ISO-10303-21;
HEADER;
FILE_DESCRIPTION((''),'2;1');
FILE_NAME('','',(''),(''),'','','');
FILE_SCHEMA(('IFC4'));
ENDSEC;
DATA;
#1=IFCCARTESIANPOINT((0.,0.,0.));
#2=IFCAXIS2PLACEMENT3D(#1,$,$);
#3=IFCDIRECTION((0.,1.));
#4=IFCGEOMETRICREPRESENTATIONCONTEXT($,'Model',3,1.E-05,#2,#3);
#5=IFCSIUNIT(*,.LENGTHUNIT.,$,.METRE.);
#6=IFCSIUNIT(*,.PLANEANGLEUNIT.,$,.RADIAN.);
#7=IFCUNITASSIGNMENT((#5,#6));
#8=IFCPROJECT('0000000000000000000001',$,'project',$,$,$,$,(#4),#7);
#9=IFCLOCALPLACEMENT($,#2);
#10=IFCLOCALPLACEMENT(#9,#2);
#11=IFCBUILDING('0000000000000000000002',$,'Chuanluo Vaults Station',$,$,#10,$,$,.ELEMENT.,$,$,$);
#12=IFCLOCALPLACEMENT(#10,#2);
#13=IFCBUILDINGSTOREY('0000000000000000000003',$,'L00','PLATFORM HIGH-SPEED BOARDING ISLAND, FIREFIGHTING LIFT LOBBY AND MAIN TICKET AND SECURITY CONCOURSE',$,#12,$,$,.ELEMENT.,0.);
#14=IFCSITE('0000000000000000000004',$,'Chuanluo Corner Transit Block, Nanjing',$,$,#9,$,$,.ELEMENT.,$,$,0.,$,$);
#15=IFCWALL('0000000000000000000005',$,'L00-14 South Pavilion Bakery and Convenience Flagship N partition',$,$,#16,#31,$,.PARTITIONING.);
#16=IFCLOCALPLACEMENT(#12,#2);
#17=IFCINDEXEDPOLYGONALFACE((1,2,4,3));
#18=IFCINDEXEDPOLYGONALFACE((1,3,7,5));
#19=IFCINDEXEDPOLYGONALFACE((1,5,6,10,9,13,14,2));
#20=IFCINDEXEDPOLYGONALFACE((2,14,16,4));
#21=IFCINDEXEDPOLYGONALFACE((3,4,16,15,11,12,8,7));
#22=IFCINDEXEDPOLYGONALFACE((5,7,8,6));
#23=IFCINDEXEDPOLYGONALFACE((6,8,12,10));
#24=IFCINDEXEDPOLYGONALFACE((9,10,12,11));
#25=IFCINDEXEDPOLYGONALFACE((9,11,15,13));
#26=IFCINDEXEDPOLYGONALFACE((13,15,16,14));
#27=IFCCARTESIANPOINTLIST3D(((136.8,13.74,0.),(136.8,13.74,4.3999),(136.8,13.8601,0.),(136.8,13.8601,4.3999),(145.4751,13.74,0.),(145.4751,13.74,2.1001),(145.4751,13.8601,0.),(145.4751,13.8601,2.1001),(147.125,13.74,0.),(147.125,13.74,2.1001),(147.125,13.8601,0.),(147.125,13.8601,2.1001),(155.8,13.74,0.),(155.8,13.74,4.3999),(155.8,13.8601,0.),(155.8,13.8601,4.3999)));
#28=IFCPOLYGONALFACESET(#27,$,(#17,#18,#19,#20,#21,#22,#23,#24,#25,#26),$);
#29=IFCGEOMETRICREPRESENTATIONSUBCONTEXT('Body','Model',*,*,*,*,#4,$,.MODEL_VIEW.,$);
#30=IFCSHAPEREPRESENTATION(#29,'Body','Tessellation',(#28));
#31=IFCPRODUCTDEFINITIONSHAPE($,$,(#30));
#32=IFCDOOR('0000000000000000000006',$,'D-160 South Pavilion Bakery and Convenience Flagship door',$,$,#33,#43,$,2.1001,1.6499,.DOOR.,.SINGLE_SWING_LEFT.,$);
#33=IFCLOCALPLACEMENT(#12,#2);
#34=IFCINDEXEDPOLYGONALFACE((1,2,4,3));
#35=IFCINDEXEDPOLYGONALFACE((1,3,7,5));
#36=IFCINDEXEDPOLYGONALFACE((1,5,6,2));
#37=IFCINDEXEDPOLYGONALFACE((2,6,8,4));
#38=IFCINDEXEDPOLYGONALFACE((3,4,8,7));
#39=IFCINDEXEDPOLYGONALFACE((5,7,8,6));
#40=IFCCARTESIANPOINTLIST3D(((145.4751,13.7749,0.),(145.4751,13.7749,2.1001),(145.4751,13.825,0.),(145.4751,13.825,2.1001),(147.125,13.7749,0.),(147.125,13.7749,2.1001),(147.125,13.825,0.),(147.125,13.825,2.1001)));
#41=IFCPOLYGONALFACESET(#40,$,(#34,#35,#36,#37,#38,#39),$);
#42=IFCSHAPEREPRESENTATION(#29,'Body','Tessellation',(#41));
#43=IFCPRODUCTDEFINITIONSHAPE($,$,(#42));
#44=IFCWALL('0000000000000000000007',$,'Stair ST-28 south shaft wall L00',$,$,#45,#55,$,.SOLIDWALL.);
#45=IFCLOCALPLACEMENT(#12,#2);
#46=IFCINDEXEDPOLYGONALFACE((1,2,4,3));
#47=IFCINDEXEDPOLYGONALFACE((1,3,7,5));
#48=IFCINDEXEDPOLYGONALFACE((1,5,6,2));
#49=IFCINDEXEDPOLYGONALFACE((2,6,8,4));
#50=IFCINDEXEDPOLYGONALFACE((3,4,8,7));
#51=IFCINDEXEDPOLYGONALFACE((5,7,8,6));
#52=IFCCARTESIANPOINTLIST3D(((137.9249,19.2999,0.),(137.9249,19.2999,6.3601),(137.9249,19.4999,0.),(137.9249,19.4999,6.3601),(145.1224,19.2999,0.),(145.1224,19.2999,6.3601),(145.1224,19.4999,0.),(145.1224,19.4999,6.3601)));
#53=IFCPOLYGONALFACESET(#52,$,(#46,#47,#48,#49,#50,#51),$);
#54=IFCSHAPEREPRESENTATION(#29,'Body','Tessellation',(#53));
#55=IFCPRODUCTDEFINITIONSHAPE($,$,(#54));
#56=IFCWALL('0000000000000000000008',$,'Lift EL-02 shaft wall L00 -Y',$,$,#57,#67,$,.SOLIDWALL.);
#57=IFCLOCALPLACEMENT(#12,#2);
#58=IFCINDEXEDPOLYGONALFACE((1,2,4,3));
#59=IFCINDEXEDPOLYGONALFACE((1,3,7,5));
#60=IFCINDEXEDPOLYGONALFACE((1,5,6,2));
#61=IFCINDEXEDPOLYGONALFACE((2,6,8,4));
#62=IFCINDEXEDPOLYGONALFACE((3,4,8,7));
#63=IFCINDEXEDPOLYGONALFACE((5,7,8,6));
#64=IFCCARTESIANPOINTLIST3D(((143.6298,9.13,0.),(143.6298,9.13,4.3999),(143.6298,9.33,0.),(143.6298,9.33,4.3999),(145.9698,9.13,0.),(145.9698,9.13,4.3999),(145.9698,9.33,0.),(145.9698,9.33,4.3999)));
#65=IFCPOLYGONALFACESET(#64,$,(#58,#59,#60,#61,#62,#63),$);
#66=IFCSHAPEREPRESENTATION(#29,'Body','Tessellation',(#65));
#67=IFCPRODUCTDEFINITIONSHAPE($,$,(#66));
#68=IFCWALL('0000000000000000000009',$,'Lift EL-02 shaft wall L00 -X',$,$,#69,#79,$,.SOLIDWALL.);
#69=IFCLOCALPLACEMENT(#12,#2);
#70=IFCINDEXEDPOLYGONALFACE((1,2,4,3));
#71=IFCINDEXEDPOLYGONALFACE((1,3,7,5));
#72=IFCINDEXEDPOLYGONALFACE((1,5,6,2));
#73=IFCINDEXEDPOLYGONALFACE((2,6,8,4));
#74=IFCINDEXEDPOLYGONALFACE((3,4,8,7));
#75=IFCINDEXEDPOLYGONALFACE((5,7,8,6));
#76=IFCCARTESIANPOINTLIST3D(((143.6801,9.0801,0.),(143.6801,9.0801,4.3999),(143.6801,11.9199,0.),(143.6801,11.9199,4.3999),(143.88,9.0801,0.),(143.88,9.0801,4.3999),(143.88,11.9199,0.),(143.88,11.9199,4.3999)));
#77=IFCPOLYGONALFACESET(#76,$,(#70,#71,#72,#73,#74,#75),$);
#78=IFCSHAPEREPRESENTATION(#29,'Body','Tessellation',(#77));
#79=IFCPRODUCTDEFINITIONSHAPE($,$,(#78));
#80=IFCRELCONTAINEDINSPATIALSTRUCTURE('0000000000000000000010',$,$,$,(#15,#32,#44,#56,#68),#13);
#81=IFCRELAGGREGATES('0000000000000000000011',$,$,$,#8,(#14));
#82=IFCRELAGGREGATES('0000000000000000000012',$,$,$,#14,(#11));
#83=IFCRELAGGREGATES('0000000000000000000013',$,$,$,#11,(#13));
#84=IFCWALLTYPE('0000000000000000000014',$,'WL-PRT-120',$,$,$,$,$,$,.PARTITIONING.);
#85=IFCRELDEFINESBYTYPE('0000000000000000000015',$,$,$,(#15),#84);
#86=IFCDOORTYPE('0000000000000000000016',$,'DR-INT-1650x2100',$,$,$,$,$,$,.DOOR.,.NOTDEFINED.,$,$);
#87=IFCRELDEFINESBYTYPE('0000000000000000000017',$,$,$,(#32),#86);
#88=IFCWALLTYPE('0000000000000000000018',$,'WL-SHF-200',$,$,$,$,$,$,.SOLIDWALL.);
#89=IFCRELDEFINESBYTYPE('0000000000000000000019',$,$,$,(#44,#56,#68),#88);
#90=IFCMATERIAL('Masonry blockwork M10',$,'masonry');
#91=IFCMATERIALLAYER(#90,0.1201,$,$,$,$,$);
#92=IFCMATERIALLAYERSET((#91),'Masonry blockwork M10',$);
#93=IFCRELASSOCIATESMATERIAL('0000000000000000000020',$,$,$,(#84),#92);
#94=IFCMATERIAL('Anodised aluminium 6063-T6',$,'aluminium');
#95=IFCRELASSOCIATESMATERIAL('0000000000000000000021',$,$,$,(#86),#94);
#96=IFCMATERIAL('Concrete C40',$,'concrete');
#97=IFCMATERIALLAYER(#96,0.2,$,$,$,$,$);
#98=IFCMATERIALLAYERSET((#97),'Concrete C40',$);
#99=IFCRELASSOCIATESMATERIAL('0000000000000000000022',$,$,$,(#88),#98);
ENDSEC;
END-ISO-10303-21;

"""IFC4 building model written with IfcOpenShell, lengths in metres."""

from ifc_helpers import new_model, si_unit, direction, frame, frame_2d, origin, place, context, subcontext, project, spatial, rectangle, extrude, material, layer, layer_set, type_object, element, fill, save


model = new_model("IFC4")

# Units and contexts
model_context = context("Model", 3, precision=1e-05, world=origin(), true_north=direction((0.0, 1.0)))
body_context = subcontext(model_context, "Body", "Model", "MODEL_VIEW")
ifc_project = project(units=[si_unit("LENGTHUNIT", "METRE"), si_unit("PLANEANGLEUNIT", "RADIAN")], contexts=[model_context])

# Site, building, storey
site_placement = place(None, origin())
site = spatial("IfcSite", under=ifc_project, at=site_placement, Name="Chuanluo Corner Transit Block, Nanjing", CompositionType="ELEMENT", RefElevation=0.0)
building_placement = place(site_placement, origin())
building = spatial("IfcBuilding", under=site, at=building_placement, Name="Chuanluo Vaults Station", CompositionType="ELEMENT")
storey_placement = place(building_placement, origin())
storey = spatial("IfcBuildingStorey", under=building, at=storey_placement, Name="L00", Description="PLATFORM HIGH-SPEED BOARDING ISLAND, FIREFIGHTING LIFT LOBBY AND MAIN TICKET AND SECURITY CONCOURSE", CompositionType="ELEMENT", Elevation=0.0)

# Wall, opening, door
ifc_material_1 = material(Name="Masonry blockwork M10", Category="masonry")
ifc_layer_1 = layer(ifc_material_1, 0.1201)
ifc_layer_set_1 = layer_set([ifc_layer_1], Name="Masonry blockwork M10")
wall_type_1 = type_object("IfcWallType", Name="WL-PRT-120", PredefinedType="PARTITIONING", material=ifc_layer_set_1)
wall_1_placement = place(storey_placement, frame((136.8, 13.8, 0.0), z_axis=(0.0, 0.0, 1.0), x_axis=(1.0, 0.0, 0.0)))
wall_1 = element("IfcWall", 1, at=wall_1_placement, inside=storey, type_object=wall_type_1, Name="L00-14 South Pavilion Bakery and Convenience Flagship N partition", PredefinedType="PARTITIONING", context=body_context, shape_type="SweptSolid", body=[
    extrude(rectangle(XDim=19.0, YDim=0.1201, at=frame_2d((9.5, 0.0))), origin(), (0.0, 0.0, 1.0), 4.3999),
])
opening_1_placement = place(wall_1_placement, frame((8.675, 0.0, 0.0)))
opening_1 = element("IfcOpeningElement", 2, at=opening_1_placement, cuts=wall_1, PredefinedType="OPENING", context=body_context, shape_type="SweptSolid", body=[
    extrude(rectangle(XDim=1.6499, YDim=2.1001, at=frame_2d((0.825, 1.05))), frame((0.0, 0.0701, 0.0), z_axis=(0.0, -1.0, 0.0), x_axis=(1.0, 0.0, 0.0)), (0.0, 0.0, 1.0), 0.1401),
])
ifc_material_2 = material(Name="Anodised aluminium 6063-T6", Category="aluminium")
door_type = type_object("IfcDoorType", Name="DR-INT-1650x2100", OperationType="NOTDEFINED", PredefinedType="DOOR", material=ifc_material_2)
door_placement = place(opening_1_placement, origin())
door = element("IfcDoor", 3, at=door_placement, inside=storey, type_object=door_type, Name="D-160 South Pavilion Bakery and Convenience Flagship door", OperationType="SINGLE_SWING_LEFT", OverallHeight=2.1001, OverallWidth=1.6499, PredefinedType="DOOR", context=body_context, shape_type="SweptSolid", body=[
    extrude(rectangle(XDim=1.6499, YDim=2.1001, at=frame_2d((0.825, 1.05))), frame((0.0, 0.0249, 0.0), z_axis=(0.0, -1.0, 0.0), x_axis=(1.0, 0.0, 0.0)), (0.0, 0.0, 1.0), 0.05),
])
fill(opening_1, door)

# Walls
ifc_material_3 = material(Name="Concrete C40", Category="concrete")
ifc_layer_2 = layer(ifc_material_3, 0.2)
ifc_layer_set_2 = layer_set([ifc_layer_2], Name="Concrete C40")
wall_type_2 = type_object("IfcWallType", Name="WL-SHF-200", PredefinedType="SOLIDWALL", material=ifc_layer_set_2)
wall_2_placement = place(storey_placement, frame((137.925, 19.3999, 0.0), z_axis=(0.0, 0.0, 1.0), x_axis=(1.0, 0.0, 0.0)))
element("IfcWall", 4, at=wall_2_placement, inside=storey, type_object=wall_type_2, Name="Stair ST-28 south shaft wall L00", PredefinedType="SOLIDWALL", context=body_context, shape_type="SweptSolid", body=[
    extrude(rectangle(XDim=7.1975, YDim=0.2, at=frame_2d((3.5986, 0.0))), origin(), (0.0, 0.0, 1.0), 6.3601),
])
wall_3_placement = place(storey_placement, frame((143.6299, 9.23, 0.0), z_axis=(0.0, 0.0, 1.0), x_axis=(1.0, 0.0, 0.0)))
element("IfcWall", 5, at=wall_3_placement, inside=storey, type_object=wall_type_2, Name="Lift EL-02 shaft wall L00 -Y", PredefinedType="SOLIDWALL", context=body_context, shape_type="SweptSolid", body=[
    extrude(rectangle(XDim=2.3401, YDim=0.2, at=frame_2d((1.1699, 0.0))), origin(), (0.0, 0.0, 1.0), 4.3999),
])
wall_4_placement = place(storey_placement, frame((143.78, 11.9199, 0.0), z_axis=(0.0, 0.0, 1.0), x_axis=(0.0, -1.0, 0.0)))
element("IfcWall", 6, at=wall_4_placement, inside=storey, type_object=wall_type_2, Name="Lift EL-02 shaft wall L00 -X", PredefinedType="SOLIDWALL", context=body_context, shape_type="SweptSolid", body=[
    extrude(rectangle(XDim=2.8398, YDim=0.2, at=frame_2d((1.4199, 0.0))), origin(), (0.0, 0.0, 1.0), 4.3999),
])

save(model, "model.ifc")
